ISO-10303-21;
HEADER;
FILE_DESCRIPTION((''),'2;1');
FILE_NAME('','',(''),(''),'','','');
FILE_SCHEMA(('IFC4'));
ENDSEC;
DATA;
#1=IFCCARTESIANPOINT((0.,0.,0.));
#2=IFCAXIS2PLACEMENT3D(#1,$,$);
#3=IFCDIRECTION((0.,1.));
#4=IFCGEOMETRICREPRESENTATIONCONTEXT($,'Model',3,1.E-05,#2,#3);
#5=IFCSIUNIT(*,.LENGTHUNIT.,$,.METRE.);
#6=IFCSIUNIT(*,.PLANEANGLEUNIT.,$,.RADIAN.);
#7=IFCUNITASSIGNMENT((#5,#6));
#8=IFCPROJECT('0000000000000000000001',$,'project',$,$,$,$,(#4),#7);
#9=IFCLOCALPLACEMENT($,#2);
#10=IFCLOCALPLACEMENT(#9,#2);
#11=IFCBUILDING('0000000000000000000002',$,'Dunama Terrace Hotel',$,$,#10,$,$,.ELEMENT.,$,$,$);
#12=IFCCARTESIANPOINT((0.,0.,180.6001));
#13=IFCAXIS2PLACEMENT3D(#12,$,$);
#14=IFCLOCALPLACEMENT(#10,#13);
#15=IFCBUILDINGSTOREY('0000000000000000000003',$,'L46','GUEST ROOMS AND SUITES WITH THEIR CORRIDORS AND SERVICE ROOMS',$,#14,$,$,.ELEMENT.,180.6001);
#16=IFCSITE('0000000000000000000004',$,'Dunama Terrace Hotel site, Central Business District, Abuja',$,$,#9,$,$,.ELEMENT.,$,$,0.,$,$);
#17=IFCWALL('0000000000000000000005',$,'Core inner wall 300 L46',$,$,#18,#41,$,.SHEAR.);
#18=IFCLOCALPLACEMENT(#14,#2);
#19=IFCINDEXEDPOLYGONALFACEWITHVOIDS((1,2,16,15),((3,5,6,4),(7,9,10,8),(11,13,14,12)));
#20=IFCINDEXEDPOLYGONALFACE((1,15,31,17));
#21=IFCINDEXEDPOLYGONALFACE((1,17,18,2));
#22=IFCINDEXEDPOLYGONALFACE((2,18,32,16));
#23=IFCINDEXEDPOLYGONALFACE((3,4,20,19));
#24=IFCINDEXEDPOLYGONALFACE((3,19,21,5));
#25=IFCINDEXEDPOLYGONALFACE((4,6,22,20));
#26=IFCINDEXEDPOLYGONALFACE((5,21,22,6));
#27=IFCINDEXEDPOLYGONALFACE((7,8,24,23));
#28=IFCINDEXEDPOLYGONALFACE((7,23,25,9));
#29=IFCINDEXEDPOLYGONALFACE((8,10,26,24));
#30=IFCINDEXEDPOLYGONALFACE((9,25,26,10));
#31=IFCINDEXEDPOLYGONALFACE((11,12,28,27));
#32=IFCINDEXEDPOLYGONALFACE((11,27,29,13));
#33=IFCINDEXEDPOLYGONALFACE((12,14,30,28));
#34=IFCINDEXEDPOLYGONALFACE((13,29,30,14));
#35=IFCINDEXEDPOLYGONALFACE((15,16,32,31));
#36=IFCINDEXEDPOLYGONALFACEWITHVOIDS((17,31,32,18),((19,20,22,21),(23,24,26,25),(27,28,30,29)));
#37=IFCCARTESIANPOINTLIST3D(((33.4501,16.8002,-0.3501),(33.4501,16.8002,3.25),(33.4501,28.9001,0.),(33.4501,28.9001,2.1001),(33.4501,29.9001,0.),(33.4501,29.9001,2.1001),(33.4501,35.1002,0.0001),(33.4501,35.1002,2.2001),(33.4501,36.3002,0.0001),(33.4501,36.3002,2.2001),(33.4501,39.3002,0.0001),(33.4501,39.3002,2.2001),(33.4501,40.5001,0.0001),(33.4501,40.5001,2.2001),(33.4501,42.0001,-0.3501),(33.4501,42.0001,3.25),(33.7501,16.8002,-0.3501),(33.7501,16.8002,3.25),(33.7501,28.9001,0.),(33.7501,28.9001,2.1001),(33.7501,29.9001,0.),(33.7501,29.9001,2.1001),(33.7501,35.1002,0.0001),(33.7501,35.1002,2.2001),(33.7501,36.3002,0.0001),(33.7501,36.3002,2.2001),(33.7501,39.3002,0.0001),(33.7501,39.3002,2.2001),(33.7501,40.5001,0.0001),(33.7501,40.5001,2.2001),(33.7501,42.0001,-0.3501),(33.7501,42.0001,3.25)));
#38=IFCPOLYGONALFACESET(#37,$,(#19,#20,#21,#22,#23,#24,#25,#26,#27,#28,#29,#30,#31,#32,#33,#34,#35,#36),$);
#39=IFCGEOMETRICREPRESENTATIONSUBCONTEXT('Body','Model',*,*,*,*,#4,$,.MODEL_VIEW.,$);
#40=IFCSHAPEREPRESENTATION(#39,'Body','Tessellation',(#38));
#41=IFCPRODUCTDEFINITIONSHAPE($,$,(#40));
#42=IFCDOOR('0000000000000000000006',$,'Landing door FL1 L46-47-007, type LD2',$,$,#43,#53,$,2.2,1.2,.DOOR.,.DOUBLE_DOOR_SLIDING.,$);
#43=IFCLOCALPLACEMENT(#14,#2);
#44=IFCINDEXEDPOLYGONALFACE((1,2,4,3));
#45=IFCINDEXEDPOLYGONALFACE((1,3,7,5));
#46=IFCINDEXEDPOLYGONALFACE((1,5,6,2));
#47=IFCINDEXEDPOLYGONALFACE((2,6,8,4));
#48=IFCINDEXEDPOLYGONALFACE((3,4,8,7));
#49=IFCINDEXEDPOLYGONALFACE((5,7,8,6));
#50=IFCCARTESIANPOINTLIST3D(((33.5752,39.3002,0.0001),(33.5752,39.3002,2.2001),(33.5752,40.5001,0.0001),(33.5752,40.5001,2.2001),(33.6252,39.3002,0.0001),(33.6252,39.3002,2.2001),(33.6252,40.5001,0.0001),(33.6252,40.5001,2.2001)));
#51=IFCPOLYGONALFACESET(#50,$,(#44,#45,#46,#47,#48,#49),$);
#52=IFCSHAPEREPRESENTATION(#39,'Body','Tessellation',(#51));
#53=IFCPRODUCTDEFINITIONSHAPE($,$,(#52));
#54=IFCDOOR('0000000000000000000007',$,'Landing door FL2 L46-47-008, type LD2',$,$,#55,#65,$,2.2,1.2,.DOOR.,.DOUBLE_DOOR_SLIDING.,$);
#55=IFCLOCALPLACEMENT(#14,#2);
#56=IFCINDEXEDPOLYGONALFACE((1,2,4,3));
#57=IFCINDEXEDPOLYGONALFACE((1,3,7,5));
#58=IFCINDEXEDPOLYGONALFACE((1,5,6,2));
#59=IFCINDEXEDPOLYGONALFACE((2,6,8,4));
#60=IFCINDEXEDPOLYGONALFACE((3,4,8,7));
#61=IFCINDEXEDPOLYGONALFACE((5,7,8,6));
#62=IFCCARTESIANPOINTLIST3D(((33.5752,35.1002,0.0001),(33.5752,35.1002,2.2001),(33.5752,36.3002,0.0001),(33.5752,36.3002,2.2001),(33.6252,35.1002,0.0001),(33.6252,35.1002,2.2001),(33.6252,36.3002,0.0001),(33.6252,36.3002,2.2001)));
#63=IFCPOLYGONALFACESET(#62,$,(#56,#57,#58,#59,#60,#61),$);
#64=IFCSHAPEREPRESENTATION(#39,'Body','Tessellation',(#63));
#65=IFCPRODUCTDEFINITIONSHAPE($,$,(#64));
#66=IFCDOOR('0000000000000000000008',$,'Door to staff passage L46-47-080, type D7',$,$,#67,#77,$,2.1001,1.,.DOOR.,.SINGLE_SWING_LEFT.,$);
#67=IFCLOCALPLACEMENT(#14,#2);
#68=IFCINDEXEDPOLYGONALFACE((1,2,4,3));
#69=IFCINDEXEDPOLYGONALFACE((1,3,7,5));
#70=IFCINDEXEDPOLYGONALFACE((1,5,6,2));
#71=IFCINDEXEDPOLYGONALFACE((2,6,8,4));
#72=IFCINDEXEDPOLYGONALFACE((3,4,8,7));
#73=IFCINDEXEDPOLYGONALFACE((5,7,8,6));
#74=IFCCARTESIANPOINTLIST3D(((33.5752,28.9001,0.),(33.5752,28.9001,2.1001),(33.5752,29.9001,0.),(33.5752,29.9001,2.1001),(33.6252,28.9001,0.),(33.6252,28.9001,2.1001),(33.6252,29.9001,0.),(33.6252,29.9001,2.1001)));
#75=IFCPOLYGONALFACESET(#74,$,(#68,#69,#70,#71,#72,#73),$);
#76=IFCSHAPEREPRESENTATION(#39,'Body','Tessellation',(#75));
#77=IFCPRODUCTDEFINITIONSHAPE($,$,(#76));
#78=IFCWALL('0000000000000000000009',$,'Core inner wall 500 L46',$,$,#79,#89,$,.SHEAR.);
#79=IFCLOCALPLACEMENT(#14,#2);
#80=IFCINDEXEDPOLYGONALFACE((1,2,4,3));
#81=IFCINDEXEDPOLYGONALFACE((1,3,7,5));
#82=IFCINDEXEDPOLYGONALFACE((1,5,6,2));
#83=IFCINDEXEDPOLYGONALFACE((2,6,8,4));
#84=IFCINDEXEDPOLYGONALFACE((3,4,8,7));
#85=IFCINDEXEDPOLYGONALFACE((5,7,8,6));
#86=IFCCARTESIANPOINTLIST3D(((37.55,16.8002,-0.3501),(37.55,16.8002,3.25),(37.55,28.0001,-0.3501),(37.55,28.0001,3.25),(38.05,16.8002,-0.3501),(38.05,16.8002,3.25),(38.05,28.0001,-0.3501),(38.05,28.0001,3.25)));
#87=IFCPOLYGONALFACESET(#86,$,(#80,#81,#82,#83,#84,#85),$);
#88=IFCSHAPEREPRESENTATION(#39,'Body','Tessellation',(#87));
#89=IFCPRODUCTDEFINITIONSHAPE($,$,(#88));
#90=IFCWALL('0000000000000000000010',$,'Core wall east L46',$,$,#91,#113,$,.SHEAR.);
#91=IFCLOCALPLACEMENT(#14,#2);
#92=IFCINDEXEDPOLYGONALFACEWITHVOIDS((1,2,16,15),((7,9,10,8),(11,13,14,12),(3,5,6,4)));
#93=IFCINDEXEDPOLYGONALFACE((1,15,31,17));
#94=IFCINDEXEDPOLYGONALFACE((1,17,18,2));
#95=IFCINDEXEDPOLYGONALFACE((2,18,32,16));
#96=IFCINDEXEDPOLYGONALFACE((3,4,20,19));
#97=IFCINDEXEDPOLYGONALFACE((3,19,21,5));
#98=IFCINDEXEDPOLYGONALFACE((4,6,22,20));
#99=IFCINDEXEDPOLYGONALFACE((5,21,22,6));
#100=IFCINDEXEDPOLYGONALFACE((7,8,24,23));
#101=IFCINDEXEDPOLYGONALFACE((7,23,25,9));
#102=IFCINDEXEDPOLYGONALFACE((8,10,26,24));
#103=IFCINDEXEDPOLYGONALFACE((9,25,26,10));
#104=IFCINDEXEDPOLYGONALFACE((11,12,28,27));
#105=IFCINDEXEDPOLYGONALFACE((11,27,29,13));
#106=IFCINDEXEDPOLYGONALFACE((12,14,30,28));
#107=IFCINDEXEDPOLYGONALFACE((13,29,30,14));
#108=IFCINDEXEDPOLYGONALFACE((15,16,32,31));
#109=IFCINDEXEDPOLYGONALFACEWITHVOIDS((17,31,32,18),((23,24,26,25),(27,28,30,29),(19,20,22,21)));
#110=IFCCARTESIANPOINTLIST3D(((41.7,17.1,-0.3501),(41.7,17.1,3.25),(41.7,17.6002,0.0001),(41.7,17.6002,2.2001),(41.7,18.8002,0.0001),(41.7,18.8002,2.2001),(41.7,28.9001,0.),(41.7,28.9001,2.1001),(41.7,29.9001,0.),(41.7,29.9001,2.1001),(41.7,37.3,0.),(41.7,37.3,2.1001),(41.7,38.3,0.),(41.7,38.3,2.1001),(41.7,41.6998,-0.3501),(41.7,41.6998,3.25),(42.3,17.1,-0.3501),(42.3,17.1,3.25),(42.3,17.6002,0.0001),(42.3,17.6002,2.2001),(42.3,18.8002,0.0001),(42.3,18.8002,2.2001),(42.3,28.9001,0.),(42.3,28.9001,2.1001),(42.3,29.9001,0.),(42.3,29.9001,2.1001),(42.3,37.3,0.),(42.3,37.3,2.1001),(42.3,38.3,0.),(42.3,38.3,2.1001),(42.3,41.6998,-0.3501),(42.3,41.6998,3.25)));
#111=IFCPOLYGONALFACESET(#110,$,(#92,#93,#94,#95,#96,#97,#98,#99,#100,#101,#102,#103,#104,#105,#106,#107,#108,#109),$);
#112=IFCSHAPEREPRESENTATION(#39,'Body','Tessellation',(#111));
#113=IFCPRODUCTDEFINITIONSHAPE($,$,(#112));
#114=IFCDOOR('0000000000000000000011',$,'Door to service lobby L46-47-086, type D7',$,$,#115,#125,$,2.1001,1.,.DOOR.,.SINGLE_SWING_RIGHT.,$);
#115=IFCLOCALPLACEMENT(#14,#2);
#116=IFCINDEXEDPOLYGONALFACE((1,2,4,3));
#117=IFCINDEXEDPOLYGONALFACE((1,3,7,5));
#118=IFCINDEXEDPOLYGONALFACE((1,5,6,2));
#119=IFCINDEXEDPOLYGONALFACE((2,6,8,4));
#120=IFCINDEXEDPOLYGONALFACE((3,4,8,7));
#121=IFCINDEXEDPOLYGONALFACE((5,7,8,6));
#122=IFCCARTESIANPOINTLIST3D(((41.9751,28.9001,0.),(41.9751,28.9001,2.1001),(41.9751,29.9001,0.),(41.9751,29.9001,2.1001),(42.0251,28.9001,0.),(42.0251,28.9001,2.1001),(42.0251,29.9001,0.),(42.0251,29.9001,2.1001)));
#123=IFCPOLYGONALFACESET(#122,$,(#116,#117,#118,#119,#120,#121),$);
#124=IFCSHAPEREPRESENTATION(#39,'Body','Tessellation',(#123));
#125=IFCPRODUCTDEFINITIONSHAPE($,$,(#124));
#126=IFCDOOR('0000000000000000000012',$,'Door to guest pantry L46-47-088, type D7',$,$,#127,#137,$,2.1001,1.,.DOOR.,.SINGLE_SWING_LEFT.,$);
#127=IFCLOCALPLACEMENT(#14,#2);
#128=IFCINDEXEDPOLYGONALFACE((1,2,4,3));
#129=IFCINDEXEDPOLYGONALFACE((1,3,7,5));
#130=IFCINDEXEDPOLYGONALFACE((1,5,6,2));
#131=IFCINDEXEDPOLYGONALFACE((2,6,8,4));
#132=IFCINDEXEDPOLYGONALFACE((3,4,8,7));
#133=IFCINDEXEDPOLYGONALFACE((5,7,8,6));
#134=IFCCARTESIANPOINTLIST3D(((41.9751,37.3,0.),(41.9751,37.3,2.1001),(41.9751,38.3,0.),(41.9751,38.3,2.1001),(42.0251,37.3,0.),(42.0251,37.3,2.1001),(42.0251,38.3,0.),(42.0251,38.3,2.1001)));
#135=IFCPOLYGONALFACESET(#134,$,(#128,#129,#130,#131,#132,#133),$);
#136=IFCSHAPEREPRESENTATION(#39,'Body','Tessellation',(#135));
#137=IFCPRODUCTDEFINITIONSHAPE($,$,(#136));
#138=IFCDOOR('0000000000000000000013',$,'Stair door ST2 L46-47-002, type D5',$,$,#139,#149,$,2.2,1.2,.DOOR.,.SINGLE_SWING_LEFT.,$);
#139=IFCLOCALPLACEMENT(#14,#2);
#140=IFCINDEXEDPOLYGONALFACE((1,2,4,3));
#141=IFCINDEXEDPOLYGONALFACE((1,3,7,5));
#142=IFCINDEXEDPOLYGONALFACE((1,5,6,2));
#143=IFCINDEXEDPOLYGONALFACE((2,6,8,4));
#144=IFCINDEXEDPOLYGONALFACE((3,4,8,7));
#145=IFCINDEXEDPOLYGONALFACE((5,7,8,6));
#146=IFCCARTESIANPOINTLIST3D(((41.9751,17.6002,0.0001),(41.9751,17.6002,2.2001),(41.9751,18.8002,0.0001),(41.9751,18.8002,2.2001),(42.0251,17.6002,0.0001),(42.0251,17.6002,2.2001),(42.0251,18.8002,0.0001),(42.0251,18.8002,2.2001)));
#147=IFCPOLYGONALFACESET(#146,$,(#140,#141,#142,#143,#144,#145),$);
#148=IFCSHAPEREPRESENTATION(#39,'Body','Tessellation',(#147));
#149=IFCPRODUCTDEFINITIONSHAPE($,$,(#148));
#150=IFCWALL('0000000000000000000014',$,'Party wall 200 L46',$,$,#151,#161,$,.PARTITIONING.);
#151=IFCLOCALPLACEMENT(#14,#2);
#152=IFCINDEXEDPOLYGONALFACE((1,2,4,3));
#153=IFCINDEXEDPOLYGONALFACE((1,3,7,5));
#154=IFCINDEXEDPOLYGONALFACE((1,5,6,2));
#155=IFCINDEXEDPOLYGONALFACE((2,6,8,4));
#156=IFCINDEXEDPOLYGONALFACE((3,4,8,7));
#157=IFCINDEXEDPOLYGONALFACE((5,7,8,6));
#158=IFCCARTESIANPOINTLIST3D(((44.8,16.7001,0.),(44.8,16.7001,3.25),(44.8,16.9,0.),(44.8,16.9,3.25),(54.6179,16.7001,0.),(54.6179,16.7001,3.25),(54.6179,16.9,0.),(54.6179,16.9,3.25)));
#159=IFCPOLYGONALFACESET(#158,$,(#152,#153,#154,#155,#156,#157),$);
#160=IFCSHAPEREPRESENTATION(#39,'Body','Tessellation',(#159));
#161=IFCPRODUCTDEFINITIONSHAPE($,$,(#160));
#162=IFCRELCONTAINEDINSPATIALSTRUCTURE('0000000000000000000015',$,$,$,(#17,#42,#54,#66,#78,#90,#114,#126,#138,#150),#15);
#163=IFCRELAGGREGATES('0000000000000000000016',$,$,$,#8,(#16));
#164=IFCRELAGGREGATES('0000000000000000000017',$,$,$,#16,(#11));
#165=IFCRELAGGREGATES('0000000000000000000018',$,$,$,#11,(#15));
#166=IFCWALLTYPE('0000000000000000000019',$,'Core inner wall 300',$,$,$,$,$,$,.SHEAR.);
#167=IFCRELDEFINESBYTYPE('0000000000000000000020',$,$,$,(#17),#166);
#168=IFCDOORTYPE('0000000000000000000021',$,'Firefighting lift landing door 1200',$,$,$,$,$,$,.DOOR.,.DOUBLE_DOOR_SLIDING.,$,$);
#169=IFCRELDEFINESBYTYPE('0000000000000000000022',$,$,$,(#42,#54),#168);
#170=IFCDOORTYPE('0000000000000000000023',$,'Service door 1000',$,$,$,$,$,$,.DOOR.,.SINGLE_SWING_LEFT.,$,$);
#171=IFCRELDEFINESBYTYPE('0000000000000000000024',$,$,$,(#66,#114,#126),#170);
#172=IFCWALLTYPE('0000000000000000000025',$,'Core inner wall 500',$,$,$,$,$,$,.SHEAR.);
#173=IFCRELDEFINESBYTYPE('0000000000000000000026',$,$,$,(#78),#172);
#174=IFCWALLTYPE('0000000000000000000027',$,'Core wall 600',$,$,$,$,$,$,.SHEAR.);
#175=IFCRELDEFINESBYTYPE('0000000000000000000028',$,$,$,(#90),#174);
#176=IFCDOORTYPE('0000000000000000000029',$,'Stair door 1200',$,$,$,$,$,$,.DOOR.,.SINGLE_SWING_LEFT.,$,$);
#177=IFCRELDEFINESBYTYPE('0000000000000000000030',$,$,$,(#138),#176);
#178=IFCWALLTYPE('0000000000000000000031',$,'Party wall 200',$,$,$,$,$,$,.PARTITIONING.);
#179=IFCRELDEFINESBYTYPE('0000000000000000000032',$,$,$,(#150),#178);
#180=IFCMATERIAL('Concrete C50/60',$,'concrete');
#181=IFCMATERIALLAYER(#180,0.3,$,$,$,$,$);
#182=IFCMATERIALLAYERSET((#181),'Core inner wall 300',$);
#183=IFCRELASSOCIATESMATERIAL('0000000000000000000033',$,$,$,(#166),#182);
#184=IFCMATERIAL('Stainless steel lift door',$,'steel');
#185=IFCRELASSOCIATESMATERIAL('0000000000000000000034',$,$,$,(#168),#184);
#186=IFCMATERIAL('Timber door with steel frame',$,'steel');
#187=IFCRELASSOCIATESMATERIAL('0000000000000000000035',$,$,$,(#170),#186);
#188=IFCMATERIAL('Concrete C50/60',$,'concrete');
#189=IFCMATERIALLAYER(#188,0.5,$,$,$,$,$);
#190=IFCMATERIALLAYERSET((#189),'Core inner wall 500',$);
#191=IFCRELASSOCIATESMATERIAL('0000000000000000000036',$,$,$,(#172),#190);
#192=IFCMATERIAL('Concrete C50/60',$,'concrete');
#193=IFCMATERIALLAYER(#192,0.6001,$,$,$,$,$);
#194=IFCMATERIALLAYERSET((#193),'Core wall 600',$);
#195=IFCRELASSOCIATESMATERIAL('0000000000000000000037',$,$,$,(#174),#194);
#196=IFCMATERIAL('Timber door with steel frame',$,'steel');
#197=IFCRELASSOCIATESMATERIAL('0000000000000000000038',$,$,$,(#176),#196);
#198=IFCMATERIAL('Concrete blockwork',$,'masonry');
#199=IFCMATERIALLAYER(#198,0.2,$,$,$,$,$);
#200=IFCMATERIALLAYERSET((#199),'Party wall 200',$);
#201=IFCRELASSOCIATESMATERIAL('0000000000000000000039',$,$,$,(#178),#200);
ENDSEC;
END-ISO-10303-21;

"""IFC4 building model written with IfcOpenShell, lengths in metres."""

from ifc_helpers import new_model, si_unit, direction, frame, frame_2d, origin, place, context, subcontext, project, spatial, rectangle, extrude, material, layer, layer_set, type_object, element, fill, save


model = new_model("IFC4")

# Units and contexts
model_context = context("Model", 3, precision=1e-05, world=origin(), true_north=direction((0.0, 1.0)))
body_context = subcontext(model_context, "Body", "Model", "MODEL_VIEW")
ifc_project = project(units=[si_unit("LENGTHUNIT", "METRE"), si_unit("PLANEANGLEUNIT", "RADIAN")], contexts=[model_context])

# Site, building, storey
site_placement = place(None, origin())
site = spatial("IfcSite", under=ifc_project, at=site_placement, Name="Dunama Terrace Hotel site, Central Business District, Abuja", CompositionType="ELEMENT", RefElevation=0.0)
building_placement = place(site_placement, origin())
building = spatial("IfcBuilding", under=site, at=building_placement, Name="Dunama Terrace Hotel", CompositionType="ELEMENT")
storey_placement = place(building_placement, frame((0.0, 0.0, 180.6001)))
storey = spatial("IfcBuildingStorey", under=building, at=storey_placement, Name="L46", Description="GUEST ROOMS AND SUITES WITH THEIR CORRIDORS AND SERVICE ROOMS", CompositionType="ELEMENT", Elevation=180.6001)

# Wall, openings, doors
ifc_material_1 = material(Name="Concrete C50/60", Category="concrete")
ifc_layer_1 = layer(ifc_material_1, 0.3)
ifc_layer_set_1 = layer_set([ifc_layer_1], Name="Core inner wall 300")
wall_type_1 = type_object("IfcWallType", Name="Core inner wall 300", PredefinedType="SHEAR", material=ifc_layer_set_1)
wall_1_placement = place(storey_placement, frame((33.6001, 16.8, -0.3501), z_axis=(0.0, 0.0, 1.0), x_axis=(0.0, 1.0, 0.0)))
wall_1 = element("IfcWall", 1, at=wall_1_placement, inside=storey, type_object=wall_type_1, Name="Core inner wall 300 L46", PredefinedType="SHEAR", context=body_context, shape_type="SweptSolid", body=[
    extrude(rectangle(XDim=25.2, YDim=0.3, at=frame_2d((12.6001, 0.0))), origin(), (0.0, 0.0, 1.0), 3.6001),
])
opening_1_placement = place(wall_1_placement, frame((22.5, 0.0, 0.3501)))
opening_1 = element("IfcOpeningElement", 2, at=opening_1_placement, cuts=wall_1, PredefinedType="OPENING", context=body_context, shape_type="SweptSolid", body=[
    extrude(rectangle(XDim=1.2, YDim=2.2, at=frame_2d((0.6001, 1.1001))), frame((0.0, 0.1599, 0.0), z_axis=(0.0, -1.0, 0.0), x_axis=(1.0, 0.0, 0.0)), (0.0, 0.0, 1.0), 0.3201),
])
opening_2_placement = place(wall_1_placement, frame((18.3, 0.0, 0.3501)))
opening_2 = element("IfcOpeningElement", 3, at=opening_2_placement, cuts=wall_1, PredefinedType="OPENING", context=body_context, shape_type="SweptSolid", body=[
    extrude(rectangle(XDim=1.2, YDim=2.2, at=frame_2d((0.6001, 1.1001))), frame((0.0, 0.1599, 0.0), z_axis=(0.0, -1.0, 0.0), x_axis=(1.0, 0.0, 0.0)), (0.0, 0.0, 1.0), 0.3201),
])
opening_3_placement = place(wall_1_placement, frame((12.1001, 0.0, 0.3501)))
opening_3 = element("IfcOpeningElement", 4, at=opening_3_placement, cuts=wall_1, PredefinedType="OPENING", context=body_context, shape_type="SweptSolid", body=[
    extrude(rectangle(XDim=1.0, YDim=2.1001, at=frame_2d((0.5, 1.05))), frame((0.0, 0.1599, 0.0), z_axis=(0.0, -1.0, 0.0), x_axis=(1.0, 0.0, 0.0)), (0.0, 0.0, 1.0), 0.3201),
])
ifc_material_2 = material(Name="Stainless steel lift door", Category="steel")
door_type_1 = type_object("IfcDoorType", Name="Firefighting lift landing door 1200", OperationType="DOUBLE_DOOR_SLIDING", PredefinedType="DOOR", material=ifc_material_2)
door_1_placement = place(opening_1_placement, origin())
door_1 = element("IfcDoor", 5, at=door_1_placement, inside=storey, type_object=door_type_1, Name="Landing door FL1 L46-47-007, type LD2", OperationType="DOUBLE_DOOR_SLIDING", OverallHeight=2.2, OverallWidth=1.2, PredefinedType="DOOR", context=body_context, shape_type="SweptSolid", body=[
    extrude(rectangle(XDim=1.2, YDim=2.2, at=frame_2d((0.6001, 1.1001))), frame((0.0, 0.0249, 0.0), z_axis=(0.0, -1.0, 0.0), x_axis=(1.0, 0.0, 0.0)), (0.0, 0.0, 1.0), 0.05),
])
fill(opening_1, door_1)
door_2_placement = place(opening_2_placement, origin())
door_2 = element("IfcDoor", 6, at=door_2_placement, inside=storey, type_object=door_type_1, Name="Landing door FL2 L46-47-008, type LD2", OperationType="DOUBLE_DOOR_SLIDING", OverallHeight=2.2, OverallWidth=1.2, PredefinedType="DOOR", context=body_context, shape_type="SweptSolid", body=[
    extrude(rectangle(XDim=1.2, YDim=2.2, at=frame_2d((0.6001, 1.1001))), frame((0.0, 0.0249, 0.0), z_axis=(0.0, -1.0, 0.0), x_axis=(1.0, 0.0, 0.0)), (0.0, 0.0, 1.0), 0.05),
])
fill(opening_2, door_2)
ifc_material_3 = material(Name="Timber door with steel frame", Category="steel")
door_type_2 = type_object("IfcDoorType", Name="Service door 1000", OperationType="SINGLE_SWING_LEFT", PredefinedType="DOOR", material=ifc_material_3)
door_3_placement = place(opening_3_placement, origin())
door_3 = element("IfcDoor", 7, at=door_3_placement, inside=storey, type_object=door_type_2, Name="Door to staff passage L46-47-080, type D7", OperationType="SINGLE_SWING_LEFT", OverallHeight=2.1001, OverallWidth=1.0, PredefinedType="DOOR", context=body_context, shape_type="SweptSolid", body=[
    extrude(rectangle(XDim=1.0, YDim=2.1001, at=frame_2d((0.5, 1.05))), frame((0.0, 0.0249, 0.0), z_axis=(0.0, -1.0, 0.0), x_axis=(1.0, 0.0, 0.0)), (0.0, 0.0, 1.0), 0.05),
])
fill(opening_3, door_3)

# Wall
ifc_material_4 = material(Name="Concrete C50/60", Category="concrete")
ifc_layer_2 = layer(ifc_material_4, 0.5)
ifc_layer_set_2 = layer_set([ifc_layer_2], Name="Core inner wall 500")
wall_type_2 = type_object("IfcWallType", Name="Core inner wall 500", PredefinedType="SHEAR", material=ifc_layer_set_2)
wall_2_placement = place(storey_placement, frame((37.8, 16.8, -0.3501), z_axis=(0.0, 0.0, 1.0), x_axis=(0.0, 1.0, 0.0)))
element("IfcWall", 8, at=wall_2_placement, inside=storey, type_object=wall_type_2, Name="Core inner wall 500 L46", PredefinedType="SHEAR", context=body_context, shape_type="SweptSolid", body=[
    extrude(rectangle(XDim=11.2, YDim=0.5, at=frame_2d((5.6001, 0.0))), origin(), (0.0, 0.0, 1.0), 3.6001),
])

# Wall, openings, doors
ifc_material_5 = material(Name="Concrete C50/60", Category="concrete")
ifc_layer_3 = layer(ifc_material_5, 0.6001)
ifc_layer_set_3 = layer_set([ifc_layer_3], Name="Core wall 600")
wall_type_3 = type_object("IfcWallType", Name="Core wall 600", PredefinedType="SHEAR", material=ifc_layer_set_3)
wall_3_placement = place(storey_placement, frame((42.0, 17.1001, -0.3501), z_axis=(0.0, 0.0, 1.0), x_axis=(0.0, 1.0, 0.0)))
wall_3 = element("IfcWall", 9, at=wall_3_placement, inside=storey, type_object=wall_type_3, Name="Core wall east L46", PredefinedType="SHEAR", context=body_context, shape_type="SweptSolid", body=[
    extrude(rectangle(XDim=24.5999, YDim=0.6001, at=frame_2d((12.2998, 0.0))), origin(), (0.0, 0.0, 1.0), 3.6001),
])
opening_4_placement = place(wall_3_placement, frame((0.5, 0.0, 0.3501)))
opening_4 = element("IfcOpeningElement", 10, at=opening_4_placement, cuts=wall_3, PredefinedType="OPENING", context=body_context, shape_type="SweptSolid", body=[
    extrude(rectangle(XDim=1.2, YDim=2.2, at=frame_2d((0.6001, 1.1001))), frame((0.0, 0.3101, 0.0), z_axis=(0.0, -1.0, 0.0), x_axis=(1.0, 0.0, 0.0)), (0.0, 0.0, 1.0), 0.6201),
])
opening_5_placement = place(wall_3_placement, frame((11.8, 0.0, 0.3501)))
opening_5 = element("IfcOpeningElement", 11, at=opening_5_placement, cuts=wall_3, PredefinedType="OPENING", context=body_context, shape_type="SweptSolid", body=[
    extrude(rectangle(XDim=1.0, YDim=2.1001, at=frame_2d((0.5, 1.05))), frame((0.0, 0.3101, 0.0), z_axis=(0.0, -1.0, 0.0), x_axis=(1.0, 0.0, 0.0)), (0.0, 0.0, 1.0), 0.6201),
])
opening_6_placement = place(wall_3_placement, frame((20.2, 0.0, 0.3501)))
opening_6 = element("IfcOpeningElement", 12, at=opening_6_placement, cuts=wall_3, PredefinedType="OPENING", context=body_context, shape_type="SweptSolid", body=[
    extrude(rectangle(XDim=1.0, YDim=2.1001, at=frame_2d((0.5, 1.05))), frame((0.0, 0.3101, 0.0), z_axis=(0.0, -1.0, 0.0), x_axis=(1.0, 0.0, 0.0)), (0.0, 0.0, 1.0), 0.6201),
])
door_4_placement = place(opening_5_placement, origin())
door_4 = element("IfcDoor", 13, at=door_4_placement, inside=storey, type_object=door_type_2, Name="Door to service lobby L46-47-086, type D7", OperationType="SINGLE_SWING_RIGHT", OverallHeight=2.1001, OverallWidth=1.0, PredefinedType="DOOR", context=body_context, shape_type="SweptSolid", body=[
    extrude(rectangle(XDim=1.0, YDim=2.1001, at=frame_2d((0.5, 1.05))), frame((0.0, 0.0249, 0.0), z_axis=(0.0, -1.0, 0.0), x_axis=(1.0, 0.0, 0.0)), (0.0, 0.0, 1.0), 0.05),
])
fill(opening_5, door_4)
door_5_placement = place(opening_6_placement, origin())
door_5 = element("IfcDoor", 14, at=door_5_placement, inside=storey, type_object=door_type_2, Name="Door to guest pantry L46-47-088, type D7", OperationType="SINGLE_SWING_LEFT", OverallHeight=2.1001, OverallWidth=1.0, PredefinedType="DOOR", context=body_context, shape_type="SweptSolid", body=[
    extrude(rectangle(XDim=1.0, YDim=2.1001, at=frame_2d((0.5, 1.05))), frame((0.0, 0.0249, 0.0), z_axis=(0.0, -1.0, 0.0), x_axis=(1.0, 0.0, 0.0)), (0.0, 0.0, 1.0), 0.05),
])
fill(opening_6, door_5)
ifc_material_6 = material(Name="Timber door with steel frame", Category="steel")
door_type_3 = type_object("IfcDoorType", Name="Stair door 1200", OperationType="SINGLE_SWING_LEFT", PredefinedType="DOOR", material=ifc_material_6)
door_6_placement = place(opening_4_placement, origin())
door_6 = element("IfcDoor", 15, at=door_6_placement, inside=storey, type_object=door_type_3, Name="Stair door ST2 L46-47-002, type D5", OperationType="SINGLE_SWING_LEFT", OverallHeight=2.2, OverallWidth=1.2, PredefinedType="DOOR", context=body_context, shape_type="SweptSolid", body=[
    extrude(rectangle(XDim=1.2, YDim=2.2, at=frame_2d((0.6001, 1.1001))), frame((0.0, 0.0249, 0.0), z_axis=(0.0, -1.0, 0.0), x_axis=(1.0, 0.0, 0.0)), (0.0, 0.0, 1.0), 0.05),
])
fill(opening_4, door_6)

# Wall
ifc_material_7 = material(Name="Concrete blockwork", Category="masonry")
ifc_layer_4 = layer(ifc_material_7, 0.2)
ifc_layer_set_4 = layer_set([ifc_layer_4], Name="Party wall 200")
wall_type_4 = type_object("IfcWallType", Name="Party wall 200", PredefinedType="PARTITIONING", material=ifc_layer_set_4)
for number, where, z_axis, x_axis, name in (
    (16, (44.8, 16.8, 0.0), (0.0, 0.0, 1.0), (1.0, 0.0, 0.0), "Party wall 200 L46"),
):
    element("IfcWall", number, at=place(storey_placement, frame(where, z_axis=z_axis, x_axis=x_axis)), inside=storey, type_object=wall_type_4, Name=name, PredefinedType="PARTITIONING", context=body_context, shape_type="SweptSolid", body=[
        extrude(rectangle(XDim=9.8179, YDim=0.2, at=frame_2d((4.9089, 0.0))), origin(), (0.0, 0.0, 1.0), 3.25),
    ])

save(model, "model.ifc")
